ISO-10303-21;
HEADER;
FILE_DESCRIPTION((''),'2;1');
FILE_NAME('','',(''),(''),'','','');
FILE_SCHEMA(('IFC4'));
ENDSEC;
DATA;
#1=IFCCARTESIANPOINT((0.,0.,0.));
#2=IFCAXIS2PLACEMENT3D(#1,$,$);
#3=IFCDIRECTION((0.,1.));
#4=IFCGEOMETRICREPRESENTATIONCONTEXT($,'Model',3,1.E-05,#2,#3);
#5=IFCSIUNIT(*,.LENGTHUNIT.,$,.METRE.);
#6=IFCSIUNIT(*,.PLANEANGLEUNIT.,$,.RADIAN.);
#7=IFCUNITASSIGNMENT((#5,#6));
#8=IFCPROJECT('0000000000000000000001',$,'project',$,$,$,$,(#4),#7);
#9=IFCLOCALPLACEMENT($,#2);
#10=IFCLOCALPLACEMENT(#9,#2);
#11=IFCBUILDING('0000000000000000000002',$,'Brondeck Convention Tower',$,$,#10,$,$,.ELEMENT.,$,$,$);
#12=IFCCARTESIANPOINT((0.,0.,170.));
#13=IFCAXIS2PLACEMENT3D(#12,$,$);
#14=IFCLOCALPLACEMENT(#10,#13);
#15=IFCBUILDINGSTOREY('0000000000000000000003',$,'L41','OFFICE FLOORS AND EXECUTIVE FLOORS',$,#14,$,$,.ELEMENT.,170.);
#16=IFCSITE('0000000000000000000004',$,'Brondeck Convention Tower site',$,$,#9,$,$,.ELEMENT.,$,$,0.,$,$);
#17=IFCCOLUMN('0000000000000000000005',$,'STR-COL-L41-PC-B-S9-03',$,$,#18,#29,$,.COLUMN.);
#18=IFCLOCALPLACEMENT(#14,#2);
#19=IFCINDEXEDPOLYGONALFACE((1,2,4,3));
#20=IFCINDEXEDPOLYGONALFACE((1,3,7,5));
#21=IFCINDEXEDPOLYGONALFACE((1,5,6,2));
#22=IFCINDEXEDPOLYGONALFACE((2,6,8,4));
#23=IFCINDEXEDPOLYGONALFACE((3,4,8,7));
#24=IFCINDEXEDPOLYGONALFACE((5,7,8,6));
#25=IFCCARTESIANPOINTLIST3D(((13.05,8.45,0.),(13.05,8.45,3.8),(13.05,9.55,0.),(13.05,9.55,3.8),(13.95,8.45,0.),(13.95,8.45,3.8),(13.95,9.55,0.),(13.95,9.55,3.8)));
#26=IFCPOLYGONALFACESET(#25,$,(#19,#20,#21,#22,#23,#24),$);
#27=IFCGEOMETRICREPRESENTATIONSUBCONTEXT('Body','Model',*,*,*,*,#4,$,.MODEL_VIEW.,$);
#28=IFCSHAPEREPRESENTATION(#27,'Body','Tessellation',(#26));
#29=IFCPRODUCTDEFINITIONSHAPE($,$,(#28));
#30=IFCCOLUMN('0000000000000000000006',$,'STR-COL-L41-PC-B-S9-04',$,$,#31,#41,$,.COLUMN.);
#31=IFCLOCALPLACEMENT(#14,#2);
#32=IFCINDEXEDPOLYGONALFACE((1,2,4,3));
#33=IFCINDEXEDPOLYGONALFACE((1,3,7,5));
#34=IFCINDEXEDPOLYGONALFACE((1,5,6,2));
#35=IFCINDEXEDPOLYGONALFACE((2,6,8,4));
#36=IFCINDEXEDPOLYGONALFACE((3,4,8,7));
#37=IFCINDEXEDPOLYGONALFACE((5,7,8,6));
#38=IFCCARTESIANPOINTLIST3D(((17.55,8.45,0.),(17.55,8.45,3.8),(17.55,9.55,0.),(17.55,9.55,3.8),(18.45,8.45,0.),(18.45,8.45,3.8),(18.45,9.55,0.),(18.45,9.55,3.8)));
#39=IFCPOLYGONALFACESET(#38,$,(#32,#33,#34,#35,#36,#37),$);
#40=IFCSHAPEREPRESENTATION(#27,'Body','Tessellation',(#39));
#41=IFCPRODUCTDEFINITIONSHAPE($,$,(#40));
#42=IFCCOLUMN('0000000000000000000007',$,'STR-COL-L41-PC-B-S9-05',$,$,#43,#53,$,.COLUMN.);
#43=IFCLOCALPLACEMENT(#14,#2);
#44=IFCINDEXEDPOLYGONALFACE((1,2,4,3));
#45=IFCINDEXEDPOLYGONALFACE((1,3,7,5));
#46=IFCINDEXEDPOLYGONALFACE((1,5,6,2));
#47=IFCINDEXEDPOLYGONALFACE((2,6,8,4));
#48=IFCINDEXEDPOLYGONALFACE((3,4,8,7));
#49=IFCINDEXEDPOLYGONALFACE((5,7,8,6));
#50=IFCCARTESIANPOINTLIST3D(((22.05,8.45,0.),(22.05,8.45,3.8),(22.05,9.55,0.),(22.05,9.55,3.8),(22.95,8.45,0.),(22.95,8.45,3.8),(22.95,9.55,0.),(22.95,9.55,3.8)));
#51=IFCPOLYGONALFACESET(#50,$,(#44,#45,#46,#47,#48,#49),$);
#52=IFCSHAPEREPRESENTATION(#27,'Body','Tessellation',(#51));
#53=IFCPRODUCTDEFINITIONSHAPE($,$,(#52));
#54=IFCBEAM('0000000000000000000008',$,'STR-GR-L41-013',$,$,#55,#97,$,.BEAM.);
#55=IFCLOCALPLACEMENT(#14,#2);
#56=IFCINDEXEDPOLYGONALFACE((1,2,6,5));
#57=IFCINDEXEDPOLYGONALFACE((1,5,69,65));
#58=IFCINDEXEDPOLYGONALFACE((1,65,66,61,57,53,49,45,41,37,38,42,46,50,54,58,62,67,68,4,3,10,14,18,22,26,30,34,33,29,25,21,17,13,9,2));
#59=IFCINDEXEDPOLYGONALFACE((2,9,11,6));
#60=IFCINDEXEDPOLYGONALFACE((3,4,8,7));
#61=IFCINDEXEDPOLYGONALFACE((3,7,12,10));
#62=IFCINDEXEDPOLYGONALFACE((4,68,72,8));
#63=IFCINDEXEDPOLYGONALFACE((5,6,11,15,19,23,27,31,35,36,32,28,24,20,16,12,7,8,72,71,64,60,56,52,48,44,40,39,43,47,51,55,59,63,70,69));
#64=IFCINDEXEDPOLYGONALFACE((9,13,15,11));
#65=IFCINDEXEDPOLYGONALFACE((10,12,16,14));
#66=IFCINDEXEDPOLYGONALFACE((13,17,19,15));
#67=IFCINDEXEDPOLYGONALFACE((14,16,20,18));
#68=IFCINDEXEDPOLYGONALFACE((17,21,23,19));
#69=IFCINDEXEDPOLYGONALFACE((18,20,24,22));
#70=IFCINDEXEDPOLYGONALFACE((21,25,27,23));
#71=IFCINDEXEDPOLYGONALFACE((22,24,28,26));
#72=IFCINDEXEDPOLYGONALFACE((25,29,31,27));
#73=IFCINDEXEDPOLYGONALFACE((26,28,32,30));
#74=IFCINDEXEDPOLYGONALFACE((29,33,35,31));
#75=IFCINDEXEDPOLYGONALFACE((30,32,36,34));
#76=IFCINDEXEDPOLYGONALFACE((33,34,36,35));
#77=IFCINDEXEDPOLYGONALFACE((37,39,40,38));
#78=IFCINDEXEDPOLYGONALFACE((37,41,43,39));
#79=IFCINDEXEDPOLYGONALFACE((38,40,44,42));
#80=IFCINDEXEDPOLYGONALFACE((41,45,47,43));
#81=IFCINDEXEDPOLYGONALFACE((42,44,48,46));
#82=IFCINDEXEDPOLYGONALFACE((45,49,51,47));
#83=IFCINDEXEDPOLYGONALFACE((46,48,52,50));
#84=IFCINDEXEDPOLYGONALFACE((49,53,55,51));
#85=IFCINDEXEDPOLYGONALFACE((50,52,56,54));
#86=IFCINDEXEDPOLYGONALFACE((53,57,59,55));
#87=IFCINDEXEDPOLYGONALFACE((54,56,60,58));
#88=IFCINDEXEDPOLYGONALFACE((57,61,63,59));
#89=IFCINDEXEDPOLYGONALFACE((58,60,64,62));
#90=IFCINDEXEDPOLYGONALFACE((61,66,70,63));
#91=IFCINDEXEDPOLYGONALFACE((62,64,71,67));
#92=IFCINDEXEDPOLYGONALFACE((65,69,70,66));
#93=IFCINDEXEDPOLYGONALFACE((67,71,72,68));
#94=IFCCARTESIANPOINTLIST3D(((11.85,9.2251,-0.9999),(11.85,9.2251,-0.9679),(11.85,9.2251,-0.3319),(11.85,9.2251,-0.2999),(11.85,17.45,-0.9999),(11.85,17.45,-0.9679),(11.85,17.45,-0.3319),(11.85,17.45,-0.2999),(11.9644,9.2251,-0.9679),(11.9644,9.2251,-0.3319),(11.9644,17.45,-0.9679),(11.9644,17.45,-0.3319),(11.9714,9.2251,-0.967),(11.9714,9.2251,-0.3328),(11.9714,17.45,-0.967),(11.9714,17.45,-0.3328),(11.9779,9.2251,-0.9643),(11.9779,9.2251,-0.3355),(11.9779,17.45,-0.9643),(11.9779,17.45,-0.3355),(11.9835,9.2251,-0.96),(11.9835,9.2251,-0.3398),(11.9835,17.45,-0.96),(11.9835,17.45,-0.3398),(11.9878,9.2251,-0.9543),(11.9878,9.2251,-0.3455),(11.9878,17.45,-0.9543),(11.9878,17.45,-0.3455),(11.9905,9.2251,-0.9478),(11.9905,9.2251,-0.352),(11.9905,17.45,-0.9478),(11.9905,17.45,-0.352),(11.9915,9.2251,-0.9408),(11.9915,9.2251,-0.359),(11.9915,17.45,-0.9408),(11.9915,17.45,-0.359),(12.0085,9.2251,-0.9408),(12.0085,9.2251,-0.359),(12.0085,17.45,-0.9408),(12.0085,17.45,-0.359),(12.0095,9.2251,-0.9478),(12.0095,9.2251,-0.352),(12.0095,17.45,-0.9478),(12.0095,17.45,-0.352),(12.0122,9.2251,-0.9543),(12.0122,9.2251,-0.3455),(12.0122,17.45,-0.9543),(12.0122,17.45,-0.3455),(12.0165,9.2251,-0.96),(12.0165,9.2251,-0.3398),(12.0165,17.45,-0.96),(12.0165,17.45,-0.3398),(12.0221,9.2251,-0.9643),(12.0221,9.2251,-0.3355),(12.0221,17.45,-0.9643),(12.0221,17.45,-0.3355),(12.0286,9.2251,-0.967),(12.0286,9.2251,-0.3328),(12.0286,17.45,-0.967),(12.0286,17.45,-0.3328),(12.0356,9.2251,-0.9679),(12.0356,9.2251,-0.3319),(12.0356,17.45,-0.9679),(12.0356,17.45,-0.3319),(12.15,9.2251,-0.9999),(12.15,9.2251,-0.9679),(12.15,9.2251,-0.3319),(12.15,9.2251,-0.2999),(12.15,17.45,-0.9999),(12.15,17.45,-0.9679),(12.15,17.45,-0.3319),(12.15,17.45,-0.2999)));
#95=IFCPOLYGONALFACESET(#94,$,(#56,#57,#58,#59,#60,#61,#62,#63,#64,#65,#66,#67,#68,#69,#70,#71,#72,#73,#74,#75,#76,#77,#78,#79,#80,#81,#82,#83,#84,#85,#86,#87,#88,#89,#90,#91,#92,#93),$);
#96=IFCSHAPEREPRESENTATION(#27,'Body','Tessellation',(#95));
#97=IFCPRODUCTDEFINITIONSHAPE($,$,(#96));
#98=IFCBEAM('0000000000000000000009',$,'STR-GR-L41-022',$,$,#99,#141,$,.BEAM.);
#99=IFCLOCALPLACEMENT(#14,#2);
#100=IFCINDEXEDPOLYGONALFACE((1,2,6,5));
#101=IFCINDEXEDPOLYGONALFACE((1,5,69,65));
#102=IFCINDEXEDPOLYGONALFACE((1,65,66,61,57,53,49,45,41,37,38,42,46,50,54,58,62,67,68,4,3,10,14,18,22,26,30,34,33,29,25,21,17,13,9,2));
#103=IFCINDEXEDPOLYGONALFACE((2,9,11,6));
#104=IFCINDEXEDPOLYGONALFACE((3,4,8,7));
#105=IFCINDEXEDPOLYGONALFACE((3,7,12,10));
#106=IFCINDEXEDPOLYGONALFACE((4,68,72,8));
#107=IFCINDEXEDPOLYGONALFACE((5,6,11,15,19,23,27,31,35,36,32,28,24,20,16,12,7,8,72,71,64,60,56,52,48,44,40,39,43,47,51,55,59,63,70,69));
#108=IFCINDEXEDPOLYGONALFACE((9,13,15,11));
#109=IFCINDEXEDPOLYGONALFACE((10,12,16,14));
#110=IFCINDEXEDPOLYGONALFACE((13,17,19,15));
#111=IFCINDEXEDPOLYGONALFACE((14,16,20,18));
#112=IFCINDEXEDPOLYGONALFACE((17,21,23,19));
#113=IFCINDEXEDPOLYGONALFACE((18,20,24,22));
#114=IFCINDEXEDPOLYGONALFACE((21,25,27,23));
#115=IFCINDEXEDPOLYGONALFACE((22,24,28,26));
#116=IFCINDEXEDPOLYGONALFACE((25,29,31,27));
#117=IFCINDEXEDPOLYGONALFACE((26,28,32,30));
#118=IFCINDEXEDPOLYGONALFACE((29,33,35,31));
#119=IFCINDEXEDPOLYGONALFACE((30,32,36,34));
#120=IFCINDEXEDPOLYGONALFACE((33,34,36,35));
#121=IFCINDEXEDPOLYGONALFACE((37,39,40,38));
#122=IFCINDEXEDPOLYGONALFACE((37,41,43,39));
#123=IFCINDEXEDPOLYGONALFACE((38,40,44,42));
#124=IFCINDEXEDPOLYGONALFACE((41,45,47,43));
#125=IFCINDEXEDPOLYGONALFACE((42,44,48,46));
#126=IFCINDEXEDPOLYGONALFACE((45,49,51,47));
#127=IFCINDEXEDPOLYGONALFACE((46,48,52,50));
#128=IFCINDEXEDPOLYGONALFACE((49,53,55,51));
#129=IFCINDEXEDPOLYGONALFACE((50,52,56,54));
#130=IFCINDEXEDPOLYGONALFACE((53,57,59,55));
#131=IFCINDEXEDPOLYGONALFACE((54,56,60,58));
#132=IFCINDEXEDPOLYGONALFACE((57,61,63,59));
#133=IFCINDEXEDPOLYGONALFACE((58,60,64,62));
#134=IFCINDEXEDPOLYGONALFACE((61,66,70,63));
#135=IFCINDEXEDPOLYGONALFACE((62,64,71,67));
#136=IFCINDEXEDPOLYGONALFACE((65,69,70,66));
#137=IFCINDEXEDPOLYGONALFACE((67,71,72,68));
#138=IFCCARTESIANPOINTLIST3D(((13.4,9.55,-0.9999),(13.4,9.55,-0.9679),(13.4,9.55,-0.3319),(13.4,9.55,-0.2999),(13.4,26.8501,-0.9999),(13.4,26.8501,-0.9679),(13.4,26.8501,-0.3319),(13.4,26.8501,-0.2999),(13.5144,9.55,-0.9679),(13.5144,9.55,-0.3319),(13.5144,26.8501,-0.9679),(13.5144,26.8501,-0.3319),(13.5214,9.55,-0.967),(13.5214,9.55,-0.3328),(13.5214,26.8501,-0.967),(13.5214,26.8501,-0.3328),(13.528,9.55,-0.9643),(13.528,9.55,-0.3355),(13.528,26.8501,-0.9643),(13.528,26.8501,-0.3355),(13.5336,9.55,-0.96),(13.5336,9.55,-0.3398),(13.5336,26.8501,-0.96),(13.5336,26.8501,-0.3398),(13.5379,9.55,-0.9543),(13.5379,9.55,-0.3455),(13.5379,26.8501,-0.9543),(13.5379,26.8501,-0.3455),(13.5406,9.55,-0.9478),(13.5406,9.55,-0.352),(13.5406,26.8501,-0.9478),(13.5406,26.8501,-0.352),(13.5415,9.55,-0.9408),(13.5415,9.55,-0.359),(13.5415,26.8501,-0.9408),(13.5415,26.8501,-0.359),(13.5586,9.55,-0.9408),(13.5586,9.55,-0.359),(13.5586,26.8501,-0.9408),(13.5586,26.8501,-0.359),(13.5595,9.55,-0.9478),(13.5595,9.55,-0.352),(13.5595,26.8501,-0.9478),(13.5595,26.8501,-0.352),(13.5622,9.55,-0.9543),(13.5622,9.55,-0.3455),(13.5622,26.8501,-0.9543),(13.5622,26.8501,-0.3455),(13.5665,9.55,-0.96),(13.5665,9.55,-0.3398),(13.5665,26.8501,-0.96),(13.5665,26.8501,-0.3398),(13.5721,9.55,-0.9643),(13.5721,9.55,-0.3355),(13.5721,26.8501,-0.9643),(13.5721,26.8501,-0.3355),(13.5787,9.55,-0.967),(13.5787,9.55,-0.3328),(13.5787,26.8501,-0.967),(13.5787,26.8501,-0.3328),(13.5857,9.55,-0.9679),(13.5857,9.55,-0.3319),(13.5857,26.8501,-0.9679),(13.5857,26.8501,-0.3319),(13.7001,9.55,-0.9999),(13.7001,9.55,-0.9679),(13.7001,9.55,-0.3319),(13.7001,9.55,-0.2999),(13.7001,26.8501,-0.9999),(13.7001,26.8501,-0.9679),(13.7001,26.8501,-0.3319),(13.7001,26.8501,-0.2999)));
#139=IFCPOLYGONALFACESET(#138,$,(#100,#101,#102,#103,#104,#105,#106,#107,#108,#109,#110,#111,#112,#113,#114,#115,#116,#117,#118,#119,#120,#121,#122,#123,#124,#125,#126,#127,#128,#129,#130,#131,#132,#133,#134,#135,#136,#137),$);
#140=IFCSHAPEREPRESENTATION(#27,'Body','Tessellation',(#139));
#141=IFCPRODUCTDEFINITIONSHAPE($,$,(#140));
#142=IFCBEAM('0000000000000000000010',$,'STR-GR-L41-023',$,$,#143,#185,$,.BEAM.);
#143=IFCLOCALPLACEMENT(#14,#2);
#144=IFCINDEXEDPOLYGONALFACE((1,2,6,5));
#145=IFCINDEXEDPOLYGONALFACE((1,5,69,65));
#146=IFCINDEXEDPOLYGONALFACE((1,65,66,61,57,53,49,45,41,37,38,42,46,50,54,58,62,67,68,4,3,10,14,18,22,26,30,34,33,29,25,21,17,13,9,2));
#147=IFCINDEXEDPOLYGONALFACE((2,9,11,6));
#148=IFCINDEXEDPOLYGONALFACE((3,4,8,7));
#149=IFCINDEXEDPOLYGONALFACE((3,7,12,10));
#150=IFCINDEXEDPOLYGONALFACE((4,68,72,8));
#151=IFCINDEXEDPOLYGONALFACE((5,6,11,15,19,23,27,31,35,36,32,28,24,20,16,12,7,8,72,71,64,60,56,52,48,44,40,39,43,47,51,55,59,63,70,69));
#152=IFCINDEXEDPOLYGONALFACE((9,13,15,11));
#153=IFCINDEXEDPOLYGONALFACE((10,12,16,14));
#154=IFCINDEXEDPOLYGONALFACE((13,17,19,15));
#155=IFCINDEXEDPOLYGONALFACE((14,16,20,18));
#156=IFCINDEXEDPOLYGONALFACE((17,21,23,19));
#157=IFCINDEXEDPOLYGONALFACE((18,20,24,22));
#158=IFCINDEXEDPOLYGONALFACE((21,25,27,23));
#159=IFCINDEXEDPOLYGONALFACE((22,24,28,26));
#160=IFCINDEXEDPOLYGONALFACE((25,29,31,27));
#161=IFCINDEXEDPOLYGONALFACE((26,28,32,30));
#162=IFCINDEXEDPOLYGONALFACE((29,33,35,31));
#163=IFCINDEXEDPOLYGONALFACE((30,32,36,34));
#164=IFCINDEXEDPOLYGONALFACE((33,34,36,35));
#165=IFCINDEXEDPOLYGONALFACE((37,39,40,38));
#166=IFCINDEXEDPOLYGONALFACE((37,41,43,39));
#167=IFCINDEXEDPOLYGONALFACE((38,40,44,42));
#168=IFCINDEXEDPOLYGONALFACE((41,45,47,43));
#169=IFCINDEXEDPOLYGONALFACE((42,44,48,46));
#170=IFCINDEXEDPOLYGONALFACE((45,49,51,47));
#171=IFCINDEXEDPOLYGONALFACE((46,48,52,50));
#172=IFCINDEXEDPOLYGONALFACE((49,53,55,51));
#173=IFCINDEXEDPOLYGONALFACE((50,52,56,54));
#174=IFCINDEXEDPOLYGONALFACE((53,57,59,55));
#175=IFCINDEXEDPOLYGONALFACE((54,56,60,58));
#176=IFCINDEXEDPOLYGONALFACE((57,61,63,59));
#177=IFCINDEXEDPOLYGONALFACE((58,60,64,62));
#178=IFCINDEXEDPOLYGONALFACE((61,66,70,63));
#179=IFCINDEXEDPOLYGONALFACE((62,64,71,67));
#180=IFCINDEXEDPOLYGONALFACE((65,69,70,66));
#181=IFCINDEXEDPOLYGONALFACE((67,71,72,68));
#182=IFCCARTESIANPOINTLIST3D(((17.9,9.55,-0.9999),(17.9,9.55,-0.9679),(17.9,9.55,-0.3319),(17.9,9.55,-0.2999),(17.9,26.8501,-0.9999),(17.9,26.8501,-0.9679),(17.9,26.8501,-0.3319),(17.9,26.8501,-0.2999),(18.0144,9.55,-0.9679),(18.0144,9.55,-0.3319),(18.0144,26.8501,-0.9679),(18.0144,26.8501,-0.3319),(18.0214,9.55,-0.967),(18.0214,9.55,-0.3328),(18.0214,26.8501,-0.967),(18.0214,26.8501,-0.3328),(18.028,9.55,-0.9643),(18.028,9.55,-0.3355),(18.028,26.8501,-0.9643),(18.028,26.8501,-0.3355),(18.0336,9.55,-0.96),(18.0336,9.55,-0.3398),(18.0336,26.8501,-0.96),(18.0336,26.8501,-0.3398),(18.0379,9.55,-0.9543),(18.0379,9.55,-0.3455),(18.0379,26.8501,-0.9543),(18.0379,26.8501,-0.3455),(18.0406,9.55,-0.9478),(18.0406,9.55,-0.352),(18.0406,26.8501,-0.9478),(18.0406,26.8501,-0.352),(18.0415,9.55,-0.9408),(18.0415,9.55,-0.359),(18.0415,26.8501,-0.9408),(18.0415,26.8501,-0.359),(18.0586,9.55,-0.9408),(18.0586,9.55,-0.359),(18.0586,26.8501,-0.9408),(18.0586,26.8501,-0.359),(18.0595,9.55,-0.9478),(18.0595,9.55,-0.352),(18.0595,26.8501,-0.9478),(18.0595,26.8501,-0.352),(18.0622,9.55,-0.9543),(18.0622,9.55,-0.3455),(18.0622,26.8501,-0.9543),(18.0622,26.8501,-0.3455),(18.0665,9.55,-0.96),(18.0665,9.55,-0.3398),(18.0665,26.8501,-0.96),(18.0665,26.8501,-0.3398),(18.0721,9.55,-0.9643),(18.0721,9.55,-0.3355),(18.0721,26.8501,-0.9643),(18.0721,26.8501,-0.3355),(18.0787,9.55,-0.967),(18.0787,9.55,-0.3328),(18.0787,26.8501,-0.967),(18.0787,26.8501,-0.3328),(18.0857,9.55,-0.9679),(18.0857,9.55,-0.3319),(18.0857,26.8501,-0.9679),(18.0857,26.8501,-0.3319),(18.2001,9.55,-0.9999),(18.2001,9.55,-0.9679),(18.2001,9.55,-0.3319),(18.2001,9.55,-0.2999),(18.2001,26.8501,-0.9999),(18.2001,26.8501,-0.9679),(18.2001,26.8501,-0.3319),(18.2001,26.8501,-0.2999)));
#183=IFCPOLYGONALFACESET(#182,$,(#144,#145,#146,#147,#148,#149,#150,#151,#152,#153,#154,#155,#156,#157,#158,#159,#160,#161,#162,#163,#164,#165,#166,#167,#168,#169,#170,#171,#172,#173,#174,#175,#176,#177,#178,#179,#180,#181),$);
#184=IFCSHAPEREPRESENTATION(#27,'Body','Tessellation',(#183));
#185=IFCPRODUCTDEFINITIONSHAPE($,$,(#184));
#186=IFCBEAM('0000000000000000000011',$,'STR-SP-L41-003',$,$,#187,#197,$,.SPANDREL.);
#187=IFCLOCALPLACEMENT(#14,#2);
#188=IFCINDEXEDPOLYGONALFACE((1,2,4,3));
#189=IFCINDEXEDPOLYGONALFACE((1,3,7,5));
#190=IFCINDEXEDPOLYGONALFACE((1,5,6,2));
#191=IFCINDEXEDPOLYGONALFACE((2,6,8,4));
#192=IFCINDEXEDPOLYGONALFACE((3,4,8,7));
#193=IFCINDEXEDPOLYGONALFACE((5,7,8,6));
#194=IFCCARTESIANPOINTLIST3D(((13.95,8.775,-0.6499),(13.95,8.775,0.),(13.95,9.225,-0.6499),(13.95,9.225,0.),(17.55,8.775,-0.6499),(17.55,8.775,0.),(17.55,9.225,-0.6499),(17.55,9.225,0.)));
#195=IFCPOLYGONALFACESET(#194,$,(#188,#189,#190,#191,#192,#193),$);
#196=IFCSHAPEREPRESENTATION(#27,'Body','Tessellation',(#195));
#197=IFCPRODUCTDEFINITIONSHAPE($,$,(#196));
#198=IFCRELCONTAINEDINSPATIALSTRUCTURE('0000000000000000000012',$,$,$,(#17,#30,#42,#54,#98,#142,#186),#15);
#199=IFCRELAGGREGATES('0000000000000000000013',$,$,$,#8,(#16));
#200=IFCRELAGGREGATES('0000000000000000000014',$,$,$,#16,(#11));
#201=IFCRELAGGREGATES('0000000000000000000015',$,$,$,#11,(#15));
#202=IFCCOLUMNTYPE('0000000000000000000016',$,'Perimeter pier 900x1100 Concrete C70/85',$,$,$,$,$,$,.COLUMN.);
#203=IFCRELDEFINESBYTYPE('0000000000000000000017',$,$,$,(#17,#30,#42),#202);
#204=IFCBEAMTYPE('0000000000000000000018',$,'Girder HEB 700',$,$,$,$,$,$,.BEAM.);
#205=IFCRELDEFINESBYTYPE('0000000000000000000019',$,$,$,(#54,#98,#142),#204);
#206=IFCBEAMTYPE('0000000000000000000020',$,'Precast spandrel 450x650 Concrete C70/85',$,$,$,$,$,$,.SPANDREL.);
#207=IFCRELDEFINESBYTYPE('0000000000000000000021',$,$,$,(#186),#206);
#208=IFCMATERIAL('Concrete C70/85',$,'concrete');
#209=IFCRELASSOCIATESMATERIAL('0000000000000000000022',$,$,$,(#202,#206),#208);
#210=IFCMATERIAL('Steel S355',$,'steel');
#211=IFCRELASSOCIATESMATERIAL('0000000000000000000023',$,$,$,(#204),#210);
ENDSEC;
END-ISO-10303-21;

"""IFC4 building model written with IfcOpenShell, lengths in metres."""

from ifc_helpers import new_model, si_unit, direction, frame, origin, origin_2d, place, context, subcontext, project, spatial, rectangle, i_section, extrude, material, material_profile, profile_set, type_object, element, save


model = new_model("IFC4")

# Units and contexts
model_context = context("Model", 3, precision=1e-05, world=origin(), true_north=direction((0.0, 1.0)))
body_context = subcontext(model_context, "Body", "Model", "MODEL_VIEW")
ifc_project = project(units=[si_unit("LENGTHUNIT", "METRE"), si_unit("PLANEANGLEUNIT", "RADIAN")], contexts=[model_context])

# Site, building, storey
site_placement = place(None, origin())
site = spatial("IfcSite", under=ifc_project, at=site_placement, Name="Brondeck Convention Tower site", CompositionType="ELEMENT", RefElevation=0.0)
building_placement = place(site_placement, origin())
building = spatial("IfcBuilding", under=site, at=building_placement, Name="Brondeck Convention Tower", CompositionType="ELEMENT")
storey_placement = place(building_placement, frame((0.0, 0.0, 170.0)))
storey = spatial("IfcBuildingStorey", under=building, at=storey_placement, Name="L41", Description="OFFICE FLOORS AND EXECUTIVE FLOORS", CompositionType="ELEMENT", Elevation=170.0)

# Columns
ifc_material_1 = material(Name="Concrete C70/85", Category="concrete")
ifc_material_profile_1 = material_profile(ifc_material_1, rectangle(XDim=0.8999, YDim=1.1001, at=origin_2d()), Name="Perimeter pier 900x1100 Concrete C70/85")
ifc_profile_set_1 = profile_set([ifc_material_profile_1], Name="Concrete C70/85")
column_type = type_object("IfcColumnType", Name="Perimeter pier 900x1100 Concrete C70/85", PredefinedType="COLUMN", material=ifc_profile_set_1)
for number, where, z_axis, x_axis, name in (
    (1, (13.5, 9.0, 0.0), (0.0, 0.0, 1.0), (1.0, 0.0, 0.0), "STR-COL-L41-PC-B-S9-03"),
    (2, (18.0, 9.0, 0.0), (0.0, 0.0, 1.0), (1.0, 0.0, 0.0), "STR-COL-L41-PC-B-S9-04"),
    (3, (22.5, 9.0, 0.0), (0.0, 0.0, 1.0), (1.0, 0.0, 0.0), "STR-COL-L41-PC-B-S9-05"),
):
    element("IfcColumn", number, at=place(storey_placement, frame(where, z_axis=z_axis, x_axis=x_axis)), inside=storey, type_object=column_type, Name=name, PredefinedType="COLUMN", context=body_context, shape_type="SweptSolid", body=[
        extrude(rectangle(XDim=0.8999, YDim=1.1001, at=origin_2d()), origin(), (0.0, 0.0, 1.0), 3.8),
    ])

# Beams
ifc_material_2 = material(Name="Steel S355", Category="steel")
ifc_material_profile_2 = material_profile(ifc_material_2, i_section(OverallWidth=0.3, OverallDepth=0.7, WebThickness=0.0171, FlangeThickness=0.032, FilletRadius=0.0271, at=origin_2d()), Name="HEB 700")
ifc_profile_set_2 = profile_set([ifc_material_profile_2], Name="Steel S355")
beam_type_1 = type_object("IfcBeamType", Name="Girder HEB 700", PredefinedType="BEAM", material=ifc_profile_set_2)
beam_placement = place(storey_placement, frame((12.0, 17.45, -0.6499), z_axis=(0.0, -1.0, 0.0), x_axis=(1.0, 0.0, 0.0)))
element("IfcBeam", 4, at=beam_placement, inside=storey, type_object=beam_type_1, Name="STR-GR-L41-013", PredefinedType="BEAM", context=body_context, shape_type="SweptSolid", body=[
    extrude(i_section(OverallWidth=0.3, OverallDepth=0.7, WebThickness=0.0171, FlangeThickness=0.032, FilletRadius=0.0271, at=origin_2d()), origin(), (0.0, 0.0, 1.0), 8.2249),
])
for number, where, z_axis, x_axis, name in (
    (5, (13.55, 9.55, -0.6499), (0.0, 1.0, 0.0), (-1.0, 0.0, 0.0), "STR-GR-L41-022"),
    (6, (18.05, 9.55, -0.6499), (0.0, 1.0, 0.0), (-1.0, 0.0, 0.0), "STR-GR-L41-023"),
):
    element("IfcBeam", number, at=place(storey_placement, frame(where, z_axis=z_axis, x_axis=x_axis)), inside=storey, type_object=beam_type_1, Name=name, PredefinedType="BEAM", context=body_context, shape_type="SweptSolid", body=[
        extrude(i_section(OverallWidth=0.3, OverallDepth=0.7, WebThickness=0.0171, FlangeThickness=0.032, FilletRadius=0.0271, at=origin_2d()), origin(), (0.0, 0.0, 1.0), 17.3),
    ])
ifc_material_profile_3 = material_profile(ifc_material_1, rectangle(XDim=0.45, YDim=0.6499, at=origin_2d()), Name="Precast spandrel 450x650 Concrete C70/85")
ifc_profile_set_3 = profile_set([ifc_material_profile_3], Name="Concrete C70/85")
beam_type_2 = type_object("IfcBeamType", Name="Precast spandrel 450x650 Concrete C70/85", PredefinedType="SPANDREL", material=ifc_profile_set_3)
for number, where, z_axis, x_axis, name in (
    (7, (13.95, 9.0, -0.325), (1.0, 0.0, 0.0), (0.0, 1.0, 0.0), "STR-SP-L41-003"),
):
    element("IfcBeam", number, at=place(storey_placement, frame(where, z_axis=z_axis, x_axis=x_axis)), inside=storey, type_object=beam_type_2, Name=name, PredefinedType="SPANDREL", context=body_context, shape_type="SweptSolid", body=[
        extrude(rectangle(XDim=0.45, YDim=0.6499, at=origin_2d()), origin(), (0.0, 0.0, 1.0), 3.6001),
    ])

save(model, "model.ifc")
